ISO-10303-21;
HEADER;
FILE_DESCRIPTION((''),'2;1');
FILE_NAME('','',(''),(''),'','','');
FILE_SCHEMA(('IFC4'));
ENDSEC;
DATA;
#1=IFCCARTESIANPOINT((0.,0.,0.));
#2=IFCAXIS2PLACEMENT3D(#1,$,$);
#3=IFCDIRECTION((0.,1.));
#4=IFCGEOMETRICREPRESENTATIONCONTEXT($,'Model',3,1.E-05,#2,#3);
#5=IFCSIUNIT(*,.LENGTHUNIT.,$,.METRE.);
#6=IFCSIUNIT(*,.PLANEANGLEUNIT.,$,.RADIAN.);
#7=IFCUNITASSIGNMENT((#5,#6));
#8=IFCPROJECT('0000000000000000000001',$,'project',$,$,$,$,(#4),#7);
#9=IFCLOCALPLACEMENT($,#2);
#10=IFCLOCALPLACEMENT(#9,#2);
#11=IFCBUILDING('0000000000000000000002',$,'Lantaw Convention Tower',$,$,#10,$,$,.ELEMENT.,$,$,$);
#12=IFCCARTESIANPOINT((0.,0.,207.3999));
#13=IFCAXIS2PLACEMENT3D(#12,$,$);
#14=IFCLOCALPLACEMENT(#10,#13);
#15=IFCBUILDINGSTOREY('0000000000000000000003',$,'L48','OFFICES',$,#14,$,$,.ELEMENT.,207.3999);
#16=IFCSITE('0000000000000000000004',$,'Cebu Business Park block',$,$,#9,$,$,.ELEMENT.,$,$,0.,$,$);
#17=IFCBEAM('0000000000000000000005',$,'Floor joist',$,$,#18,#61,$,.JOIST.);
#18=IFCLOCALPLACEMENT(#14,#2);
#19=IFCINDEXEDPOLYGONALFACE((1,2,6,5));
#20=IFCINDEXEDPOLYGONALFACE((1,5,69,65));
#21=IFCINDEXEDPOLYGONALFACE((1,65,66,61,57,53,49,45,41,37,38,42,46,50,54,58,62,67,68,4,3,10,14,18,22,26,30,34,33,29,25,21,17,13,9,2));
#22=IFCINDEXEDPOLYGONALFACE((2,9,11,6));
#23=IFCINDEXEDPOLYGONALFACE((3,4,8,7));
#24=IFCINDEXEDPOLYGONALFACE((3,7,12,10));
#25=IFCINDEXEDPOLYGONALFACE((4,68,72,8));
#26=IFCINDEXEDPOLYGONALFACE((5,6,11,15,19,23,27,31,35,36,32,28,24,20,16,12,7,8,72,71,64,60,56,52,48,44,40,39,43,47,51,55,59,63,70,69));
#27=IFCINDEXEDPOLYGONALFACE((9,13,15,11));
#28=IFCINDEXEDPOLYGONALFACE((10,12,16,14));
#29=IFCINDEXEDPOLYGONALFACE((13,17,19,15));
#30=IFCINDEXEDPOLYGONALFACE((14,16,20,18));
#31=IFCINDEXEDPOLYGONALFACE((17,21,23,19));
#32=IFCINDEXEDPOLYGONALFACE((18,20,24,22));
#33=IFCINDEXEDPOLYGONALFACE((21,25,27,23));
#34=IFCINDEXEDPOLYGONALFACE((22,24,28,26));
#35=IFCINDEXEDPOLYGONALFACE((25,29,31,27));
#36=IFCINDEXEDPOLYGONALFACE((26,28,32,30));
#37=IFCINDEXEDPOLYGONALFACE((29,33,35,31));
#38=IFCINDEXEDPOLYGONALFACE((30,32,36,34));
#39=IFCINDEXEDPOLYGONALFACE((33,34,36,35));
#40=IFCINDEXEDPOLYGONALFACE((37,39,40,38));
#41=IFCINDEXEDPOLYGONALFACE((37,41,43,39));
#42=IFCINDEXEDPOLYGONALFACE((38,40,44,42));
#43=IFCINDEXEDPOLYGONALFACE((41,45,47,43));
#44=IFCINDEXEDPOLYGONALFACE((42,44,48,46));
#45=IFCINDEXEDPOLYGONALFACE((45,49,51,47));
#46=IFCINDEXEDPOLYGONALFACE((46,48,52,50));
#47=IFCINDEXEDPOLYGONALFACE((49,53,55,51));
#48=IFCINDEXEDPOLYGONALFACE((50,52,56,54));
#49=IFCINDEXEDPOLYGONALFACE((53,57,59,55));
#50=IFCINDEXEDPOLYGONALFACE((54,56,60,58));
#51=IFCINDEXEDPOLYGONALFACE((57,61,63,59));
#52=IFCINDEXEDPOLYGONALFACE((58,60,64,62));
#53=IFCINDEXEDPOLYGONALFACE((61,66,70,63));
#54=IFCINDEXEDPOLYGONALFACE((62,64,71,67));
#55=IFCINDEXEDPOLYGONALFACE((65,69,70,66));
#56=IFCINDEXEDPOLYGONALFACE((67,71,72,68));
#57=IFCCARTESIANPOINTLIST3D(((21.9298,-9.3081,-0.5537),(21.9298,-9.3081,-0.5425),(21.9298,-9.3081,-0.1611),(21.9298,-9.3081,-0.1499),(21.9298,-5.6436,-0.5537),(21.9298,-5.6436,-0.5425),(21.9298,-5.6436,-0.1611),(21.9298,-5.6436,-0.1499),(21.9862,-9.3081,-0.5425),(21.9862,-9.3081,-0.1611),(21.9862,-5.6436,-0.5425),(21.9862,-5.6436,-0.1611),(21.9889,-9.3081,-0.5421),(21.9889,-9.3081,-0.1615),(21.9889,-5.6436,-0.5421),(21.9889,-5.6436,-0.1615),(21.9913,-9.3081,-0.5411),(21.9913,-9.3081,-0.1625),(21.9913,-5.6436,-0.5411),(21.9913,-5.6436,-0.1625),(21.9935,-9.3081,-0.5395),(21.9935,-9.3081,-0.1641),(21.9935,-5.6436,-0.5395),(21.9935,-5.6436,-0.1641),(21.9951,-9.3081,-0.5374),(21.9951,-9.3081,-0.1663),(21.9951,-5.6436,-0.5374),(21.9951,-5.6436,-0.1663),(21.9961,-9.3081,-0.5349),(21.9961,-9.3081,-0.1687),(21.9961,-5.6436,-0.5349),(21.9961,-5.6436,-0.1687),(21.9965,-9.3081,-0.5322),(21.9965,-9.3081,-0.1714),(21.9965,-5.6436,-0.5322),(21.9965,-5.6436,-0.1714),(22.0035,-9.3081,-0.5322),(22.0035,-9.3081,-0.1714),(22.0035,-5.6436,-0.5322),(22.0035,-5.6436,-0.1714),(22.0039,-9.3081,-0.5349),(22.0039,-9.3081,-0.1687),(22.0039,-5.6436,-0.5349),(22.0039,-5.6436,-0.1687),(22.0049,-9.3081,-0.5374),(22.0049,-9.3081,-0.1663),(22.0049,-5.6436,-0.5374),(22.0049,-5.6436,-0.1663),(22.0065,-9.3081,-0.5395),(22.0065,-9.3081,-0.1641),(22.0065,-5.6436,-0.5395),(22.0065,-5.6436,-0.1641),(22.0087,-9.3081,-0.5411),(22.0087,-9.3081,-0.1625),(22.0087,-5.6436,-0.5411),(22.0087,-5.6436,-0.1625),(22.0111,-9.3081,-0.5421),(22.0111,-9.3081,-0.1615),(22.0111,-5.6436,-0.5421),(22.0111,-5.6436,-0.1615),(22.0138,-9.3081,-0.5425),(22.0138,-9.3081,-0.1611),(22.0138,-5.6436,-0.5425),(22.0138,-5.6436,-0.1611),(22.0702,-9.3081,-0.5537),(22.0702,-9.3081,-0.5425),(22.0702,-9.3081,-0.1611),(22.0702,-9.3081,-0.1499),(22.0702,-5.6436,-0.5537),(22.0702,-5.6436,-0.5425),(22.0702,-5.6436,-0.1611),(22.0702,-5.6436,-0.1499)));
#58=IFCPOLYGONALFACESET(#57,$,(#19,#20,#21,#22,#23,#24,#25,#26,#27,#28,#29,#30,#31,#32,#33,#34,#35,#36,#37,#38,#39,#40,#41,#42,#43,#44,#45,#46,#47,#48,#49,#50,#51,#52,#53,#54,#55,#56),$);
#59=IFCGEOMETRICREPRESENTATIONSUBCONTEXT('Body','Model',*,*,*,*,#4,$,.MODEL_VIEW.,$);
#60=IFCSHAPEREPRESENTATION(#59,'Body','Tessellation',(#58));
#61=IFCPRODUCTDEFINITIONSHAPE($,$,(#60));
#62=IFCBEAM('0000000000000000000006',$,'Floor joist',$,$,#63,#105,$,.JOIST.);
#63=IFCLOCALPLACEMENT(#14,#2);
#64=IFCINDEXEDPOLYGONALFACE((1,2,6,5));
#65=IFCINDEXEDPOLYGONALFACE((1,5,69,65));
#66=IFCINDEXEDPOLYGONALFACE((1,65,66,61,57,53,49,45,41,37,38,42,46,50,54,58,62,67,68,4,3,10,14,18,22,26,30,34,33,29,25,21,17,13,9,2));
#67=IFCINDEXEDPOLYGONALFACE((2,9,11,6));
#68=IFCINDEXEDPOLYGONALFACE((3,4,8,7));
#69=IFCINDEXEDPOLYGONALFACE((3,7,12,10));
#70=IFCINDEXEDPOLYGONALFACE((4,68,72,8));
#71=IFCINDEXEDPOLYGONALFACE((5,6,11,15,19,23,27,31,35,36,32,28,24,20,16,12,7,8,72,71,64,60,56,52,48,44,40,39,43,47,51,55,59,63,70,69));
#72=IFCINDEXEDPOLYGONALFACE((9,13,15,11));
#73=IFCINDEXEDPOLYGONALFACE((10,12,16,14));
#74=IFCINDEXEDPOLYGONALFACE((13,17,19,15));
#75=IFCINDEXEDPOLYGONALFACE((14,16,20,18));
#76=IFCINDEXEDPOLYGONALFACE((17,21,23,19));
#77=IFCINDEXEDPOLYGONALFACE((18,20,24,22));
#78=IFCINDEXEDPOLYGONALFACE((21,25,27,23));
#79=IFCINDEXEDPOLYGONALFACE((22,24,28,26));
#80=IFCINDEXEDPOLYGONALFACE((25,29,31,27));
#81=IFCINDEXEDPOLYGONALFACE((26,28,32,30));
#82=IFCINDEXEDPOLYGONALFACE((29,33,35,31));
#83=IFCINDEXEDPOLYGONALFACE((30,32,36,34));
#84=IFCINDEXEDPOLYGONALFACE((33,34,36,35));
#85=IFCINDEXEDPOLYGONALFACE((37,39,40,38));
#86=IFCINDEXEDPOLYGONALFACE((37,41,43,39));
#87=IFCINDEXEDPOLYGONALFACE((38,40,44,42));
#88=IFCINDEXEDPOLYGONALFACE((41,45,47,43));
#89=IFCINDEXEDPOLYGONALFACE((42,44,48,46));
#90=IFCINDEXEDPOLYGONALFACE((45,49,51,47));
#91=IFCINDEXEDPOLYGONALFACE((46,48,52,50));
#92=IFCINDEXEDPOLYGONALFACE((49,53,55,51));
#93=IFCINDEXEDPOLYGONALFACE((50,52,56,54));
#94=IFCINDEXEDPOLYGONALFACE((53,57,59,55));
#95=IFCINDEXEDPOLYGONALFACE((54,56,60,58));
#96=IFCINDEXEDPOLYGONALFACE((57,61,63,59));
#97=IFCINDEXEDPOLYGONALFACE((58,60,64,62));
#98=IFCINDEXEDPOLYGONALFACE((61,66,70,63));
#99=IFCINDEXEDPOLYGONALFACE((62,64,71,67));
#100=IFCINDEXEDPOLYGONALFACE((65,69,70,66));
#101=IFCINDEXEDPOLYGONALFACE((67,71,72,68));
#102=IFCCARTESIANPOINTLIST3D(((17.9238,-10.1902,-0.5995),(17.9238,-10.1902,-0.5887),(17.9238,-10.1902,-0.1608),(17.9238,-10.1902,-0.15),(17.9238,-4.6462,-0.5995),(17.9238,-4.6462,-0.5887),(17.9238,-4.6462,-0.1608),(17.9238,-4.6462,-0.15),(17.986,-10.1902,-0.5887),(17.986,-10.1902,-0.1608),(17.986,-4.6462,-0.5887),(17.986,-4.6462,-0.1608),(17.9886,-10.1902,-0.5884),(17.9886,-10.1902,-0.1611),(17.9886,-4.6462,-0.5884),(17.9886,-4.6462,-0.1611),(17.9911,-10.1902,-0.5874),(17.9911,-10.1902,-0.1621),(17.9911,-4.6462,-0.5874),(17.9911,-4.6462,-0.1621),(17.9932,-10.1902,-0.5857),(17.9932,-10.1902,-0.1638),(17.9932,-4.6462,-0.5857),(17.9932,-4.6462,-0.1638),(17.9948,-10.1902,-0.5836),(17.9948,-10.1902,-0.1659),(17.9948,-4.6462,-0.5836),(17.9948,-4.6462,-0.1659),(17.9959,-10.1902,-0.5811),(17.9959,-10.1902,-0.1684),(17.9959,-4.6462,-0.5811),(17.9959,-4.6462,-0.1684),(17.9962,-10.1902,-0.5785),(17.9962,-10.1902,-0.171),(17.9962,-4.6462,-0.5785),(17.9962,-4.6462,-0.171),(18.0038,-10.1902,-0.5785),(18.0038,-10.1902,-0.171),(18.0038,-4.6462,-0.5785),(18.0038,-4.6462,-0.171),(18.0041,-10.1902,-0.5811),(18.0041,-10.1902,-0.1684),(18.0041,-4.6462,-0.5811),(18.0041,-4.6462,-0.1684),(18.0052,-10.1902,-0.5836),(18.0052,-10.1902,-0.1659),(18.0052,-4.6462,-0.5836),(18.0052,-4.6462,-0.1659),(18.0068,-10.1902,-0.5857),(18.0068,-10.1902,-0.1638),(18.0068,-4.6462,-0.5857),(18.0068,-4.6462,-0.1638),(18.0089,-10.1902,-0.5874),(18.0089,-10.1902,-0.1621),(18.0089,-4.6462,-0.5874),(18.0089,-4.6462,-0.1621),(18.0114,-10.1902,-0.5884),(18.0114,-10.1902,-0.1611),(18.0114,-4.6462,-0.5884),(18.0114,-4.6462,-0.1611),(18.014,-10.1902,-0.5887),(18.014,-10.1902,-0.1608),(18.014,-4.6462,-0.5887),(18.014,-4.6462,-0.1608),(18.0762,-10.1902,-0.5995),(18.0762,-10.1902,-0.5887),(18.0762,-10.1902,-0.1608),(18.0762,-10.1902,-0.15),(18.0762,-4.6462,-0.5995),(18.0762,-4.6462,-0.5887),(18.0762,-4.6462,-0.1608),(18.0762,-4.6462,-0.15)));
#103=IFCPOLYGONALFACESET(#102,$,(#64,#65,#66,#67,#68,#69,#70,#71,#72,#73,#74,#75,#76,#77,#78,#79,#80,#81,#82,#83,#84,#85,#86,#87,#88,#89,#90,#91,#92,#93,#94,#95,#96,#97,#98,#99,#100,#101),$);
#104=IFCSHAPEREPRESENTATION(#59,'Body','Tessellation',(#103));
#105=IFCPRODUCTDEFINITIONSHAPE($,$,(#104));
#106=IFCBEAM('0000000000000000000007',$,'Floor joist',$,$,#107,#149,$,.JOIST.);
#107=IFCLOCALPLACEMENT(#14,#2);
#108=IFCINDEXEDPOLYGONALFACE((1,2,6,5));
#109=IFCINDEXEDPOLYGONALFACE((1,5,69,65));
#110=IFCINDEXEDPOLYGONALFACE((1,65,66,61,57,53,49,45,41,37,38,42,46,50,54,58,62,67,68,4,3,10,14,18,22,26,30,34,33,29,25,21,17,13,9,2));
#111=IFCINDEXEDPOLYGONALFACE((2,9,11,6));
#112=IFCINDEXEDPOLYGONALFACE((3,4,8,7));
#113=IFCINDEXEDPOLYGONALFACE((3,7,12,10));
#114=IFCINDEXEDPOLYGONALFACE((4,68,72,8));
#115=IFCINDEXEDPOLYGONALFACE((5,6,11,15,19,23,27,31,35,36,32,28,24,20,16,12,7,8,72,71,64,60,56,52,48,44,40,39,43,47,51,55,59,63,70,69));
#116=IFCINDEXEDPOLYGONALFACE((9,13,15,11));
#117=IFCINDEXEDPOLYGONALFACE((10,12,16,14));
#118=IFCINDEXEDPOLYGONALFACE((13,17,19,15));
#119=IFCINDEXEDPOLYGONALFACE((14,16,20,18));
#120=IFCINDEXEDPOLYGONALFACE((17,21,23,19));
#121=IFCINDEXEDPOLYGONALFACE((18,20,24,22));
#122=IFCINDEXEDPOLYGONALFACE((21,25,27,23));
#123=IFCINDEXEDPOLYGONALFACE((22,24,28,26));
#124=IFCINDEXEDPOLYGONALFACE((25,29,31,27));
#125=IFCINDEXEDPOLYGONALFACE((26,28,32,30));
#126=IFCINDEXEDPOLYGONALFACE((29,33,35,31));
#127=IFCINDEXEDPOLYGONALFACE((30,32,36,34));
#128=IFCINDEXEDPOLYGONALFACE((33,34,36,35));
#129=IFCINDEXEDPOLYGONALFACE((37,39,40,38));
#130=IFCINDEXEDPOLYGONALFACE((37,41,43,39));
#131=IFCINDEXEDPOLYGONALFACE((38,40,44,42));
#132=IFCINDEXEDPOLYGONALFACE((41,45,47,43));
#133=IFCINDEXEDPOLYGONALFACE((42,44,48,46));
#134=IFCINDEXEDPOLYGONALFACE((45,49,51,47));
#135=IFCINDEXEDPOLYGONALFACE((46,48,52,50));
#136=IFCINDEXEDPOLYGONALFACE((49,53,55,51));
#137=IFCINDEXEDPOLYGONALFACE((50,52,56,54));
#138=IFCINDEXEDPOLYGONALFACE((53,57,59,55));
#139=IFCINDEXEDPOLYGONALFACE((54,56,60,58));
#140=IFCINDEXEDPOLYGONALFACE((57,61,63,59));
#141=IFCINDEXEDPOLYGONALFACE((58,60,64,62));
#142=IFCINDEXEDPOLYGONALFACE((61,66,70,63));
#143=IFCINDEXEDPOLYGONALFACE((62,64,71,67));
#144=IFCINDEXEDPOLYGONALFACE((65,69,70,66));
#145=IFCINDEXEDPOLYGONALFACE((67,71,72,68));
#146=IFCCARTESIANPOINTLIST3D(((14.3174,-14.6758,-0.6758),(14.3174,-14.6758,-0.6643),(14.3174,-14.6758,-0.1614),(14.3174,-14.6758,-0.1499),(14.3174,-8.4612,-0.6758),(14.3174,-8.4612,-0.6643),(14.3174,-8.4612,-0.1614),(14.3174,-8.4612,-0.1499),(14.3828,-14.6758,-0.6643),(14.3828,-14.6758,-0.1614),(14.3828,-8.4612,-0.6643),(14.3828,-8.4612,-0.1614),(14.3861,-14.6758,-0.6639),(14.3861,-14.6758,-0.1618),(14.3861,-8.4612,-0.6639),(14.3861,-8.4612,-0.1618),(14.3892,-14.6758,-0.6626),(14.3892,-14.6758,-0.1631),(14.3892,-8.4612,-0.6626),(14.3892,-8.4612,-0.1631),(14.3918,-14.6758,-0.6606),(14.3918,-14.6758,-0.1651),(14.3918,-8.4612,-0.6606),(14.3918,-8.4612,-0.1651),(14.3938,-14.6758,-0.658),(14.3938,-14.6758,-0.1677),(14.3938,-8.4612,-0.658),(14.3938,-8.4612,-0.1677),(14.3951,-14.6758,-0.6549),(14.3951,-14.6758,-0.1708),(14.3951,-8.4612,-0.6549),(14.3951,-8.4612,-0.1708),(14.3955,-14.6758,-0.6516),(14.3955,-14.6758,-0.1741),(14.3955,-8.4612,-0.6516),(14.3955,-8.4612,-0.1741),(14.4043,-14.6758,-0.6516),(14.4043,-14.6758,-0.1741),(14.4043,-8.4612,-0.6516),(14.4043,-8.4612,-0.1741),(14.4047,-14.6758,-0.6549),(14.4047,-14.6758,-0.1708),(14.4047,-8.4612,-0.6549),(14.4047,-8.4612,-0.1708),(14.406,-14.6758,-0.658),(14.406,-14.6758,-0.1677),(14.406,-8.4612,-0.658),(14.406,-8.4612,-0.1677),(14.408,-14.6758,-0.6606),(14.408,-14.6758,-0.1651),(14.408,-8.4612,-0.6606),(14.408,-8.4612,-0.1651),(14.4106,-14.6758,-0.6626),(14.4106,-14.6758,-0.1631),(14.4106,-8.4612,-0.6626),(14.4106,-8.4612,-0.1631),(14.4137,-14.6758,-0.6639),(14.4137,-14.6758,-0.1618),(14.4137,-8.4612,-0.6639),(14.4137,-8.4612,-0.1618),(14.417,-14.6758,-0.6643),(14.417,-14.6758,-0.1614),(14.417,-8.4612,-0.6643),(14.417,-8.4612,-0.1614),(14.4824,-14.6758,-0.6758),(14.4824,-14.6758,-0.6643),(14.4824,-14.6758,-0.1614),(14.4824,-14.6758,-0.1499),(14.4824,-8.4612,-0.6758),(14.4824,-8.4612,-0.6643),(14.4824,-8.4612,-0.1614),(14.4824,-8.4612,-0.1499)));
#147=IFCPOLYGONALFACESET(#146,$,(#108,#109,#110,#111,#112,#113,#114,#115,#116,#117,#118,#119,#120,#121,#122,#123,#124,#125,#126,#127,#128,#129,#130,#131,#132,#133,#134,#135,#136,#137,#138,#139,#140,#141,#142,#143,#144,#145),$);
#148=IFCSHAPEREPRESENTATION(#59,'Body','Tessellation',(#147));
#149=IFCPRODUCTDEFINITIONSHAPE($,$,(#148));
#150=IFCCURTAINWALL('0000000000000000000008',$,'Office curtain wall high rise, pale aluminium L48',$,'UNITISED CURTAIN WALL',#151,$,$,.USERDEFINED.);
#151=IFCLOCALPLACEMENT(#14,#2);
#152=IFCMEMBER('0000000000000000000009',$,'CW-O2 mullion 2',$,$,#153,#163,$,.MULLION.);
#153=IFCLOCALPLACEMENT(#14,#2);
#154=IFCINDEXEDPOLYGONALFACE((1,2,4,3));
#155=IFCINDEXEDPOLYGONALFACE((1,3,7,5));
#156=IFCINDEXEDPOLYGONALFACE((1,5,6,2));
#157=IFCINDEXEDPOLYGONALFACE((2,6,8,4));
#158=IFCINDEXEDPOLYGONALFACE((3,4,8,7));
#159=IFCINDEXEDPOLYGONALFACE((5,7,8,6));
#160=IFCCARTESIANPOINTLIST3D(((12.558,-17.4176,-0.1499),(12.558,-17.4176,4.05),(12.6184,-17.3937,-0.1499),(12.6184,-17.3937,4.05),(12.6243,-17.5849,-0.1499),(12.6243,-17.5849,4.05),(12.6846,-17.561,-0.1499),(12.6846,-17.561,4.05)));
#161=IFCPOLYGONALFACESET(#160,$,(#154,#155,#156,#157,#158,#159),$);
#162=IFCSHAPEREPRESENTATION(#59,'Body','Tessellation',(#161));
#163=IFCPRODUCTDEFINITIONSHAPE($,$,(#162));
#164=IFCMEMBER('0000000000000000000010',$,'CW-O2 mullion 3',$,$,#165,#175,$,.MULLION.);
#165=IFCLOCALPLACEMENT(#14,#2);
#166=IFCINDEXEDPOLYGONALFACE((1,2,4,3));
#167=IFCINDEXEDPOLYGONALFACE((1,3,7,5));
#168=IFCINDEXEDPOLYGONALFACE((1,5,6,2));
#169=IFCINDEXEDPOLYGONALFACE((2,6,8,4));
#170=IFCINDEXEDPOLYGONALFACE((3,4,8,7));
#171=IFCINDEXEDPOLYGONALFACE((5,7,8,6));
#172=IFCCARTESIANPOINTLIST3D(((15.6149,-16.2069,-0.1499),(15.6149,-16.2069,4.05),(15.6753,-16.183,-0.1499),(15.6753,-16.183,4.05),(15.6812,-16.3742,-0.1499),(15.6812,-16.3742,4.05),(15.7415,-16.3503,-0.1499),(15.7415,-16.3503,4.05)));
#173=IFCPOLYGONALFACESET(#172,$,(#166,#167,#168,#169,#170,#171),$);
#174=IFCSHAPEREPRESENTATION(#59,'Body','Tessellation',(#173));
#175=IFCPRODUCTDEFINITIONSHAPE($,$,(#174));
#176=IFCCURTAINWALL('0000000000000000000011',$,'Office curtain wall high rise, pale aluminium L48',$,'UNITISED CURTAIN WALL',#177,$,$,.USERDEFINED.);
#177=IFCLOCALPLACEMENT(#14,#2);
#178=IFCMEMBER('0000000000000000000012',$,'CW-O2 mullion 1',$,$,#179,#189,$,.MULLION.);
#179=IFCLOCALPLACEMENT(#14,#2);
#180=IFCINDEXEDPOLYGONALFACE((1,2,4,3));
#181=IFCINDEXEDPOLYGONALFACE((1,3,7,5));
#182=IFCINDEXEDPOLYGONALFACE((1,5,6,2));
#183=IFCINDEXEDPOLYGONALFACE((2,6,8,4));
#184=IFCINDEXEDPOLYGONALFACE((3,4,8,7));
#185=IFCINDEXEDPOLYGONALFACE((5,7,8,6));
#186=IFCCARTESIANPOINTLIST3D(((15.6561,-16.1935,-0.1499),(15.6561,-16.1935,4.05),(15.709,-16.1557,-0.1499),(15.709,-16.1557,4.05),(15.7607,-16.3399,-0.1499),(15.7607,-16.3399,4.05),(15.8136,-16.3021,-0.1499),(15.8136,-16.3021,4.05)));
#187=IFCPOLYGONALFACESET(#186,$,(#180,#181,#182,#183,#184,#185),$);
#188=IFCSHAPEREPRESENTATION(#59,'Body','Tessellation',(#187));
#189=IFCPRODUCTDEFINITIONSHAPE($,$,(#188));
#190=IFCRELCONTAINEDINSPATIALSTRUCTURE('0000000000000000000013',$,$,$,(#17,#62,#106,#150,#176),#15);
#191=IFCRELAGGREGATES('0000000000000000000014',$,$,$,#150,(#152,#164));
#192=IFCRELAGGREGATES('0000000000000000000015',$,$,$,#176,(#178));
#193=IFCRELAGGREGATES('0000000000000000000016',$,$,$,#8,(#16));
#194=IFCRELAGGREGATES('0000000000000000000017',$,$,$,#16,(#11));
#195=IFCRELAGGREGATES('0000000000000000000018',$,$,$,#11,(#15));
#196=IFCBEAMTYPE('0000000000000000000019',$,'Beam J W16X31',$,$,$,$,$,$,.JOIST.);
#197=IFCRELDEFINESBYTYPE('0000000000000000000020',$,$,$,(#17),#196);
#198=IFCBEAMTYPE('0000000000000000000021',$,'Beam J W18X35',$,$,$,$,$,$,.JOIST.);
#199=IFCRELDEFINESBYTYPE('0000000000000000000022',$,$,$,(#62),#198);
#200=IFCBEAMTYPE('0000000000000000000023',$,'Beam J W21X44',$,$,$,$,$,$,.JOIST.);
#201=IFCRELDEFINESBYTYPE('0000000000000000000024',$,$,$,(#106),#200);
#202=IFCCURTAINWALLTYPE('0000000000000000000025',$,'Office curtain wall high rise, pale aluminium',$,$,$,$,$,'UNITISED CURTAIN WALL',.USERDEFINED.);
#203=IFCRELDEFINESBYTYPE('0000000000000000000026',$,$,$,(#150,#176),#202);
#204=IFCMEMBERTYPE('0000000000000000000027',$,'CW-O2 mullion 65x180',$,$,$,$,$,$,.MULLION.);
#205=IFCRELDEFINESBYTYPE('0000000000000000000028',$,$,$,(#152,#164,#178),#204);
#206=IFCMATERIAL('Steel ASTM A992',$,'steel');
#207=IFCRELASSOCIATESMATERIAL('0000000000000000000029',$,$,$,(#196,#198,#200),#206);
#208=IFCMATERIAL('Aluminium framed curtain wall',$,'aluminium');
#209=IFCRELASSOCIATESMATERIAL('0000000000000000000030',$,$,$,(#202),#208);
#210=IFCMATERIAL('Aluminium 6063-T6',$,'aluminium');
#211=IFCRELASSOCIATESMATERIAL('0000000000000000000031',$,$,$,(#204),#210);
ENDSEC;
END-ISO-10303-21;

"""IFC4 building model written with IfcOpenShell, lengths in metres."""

from ifc_helpers import new_model, si_unit, direction, frame, origin, origin_2d, place, context, subcontext, project, spatial, rectangle, i_section, extrude, material, material_profile, profile_set, type_object, element, aggregate, save


model = new_model("IFC4")

# Units and contexts
model_context = context("Model", 3, precision=1e-05, world=origin(), true_north=direction((0.0, 1.0)))
body_context = subcontext(model_context, "Body", "Model", "MODEL_VIEW")
ifc_project = project(units=[si_unit("LENGTHUNIT", "METRE"), si_unit("PLANEANGLEUNIT", "RADIAN")], contexts=[model_context])

# Site, building, storey
site_placement = place(None, origin())
site = spatial("IfcSite", under=ifc_project, at=site_placement, Name="Cebu Business Park block", CompositionType="ELEMENT", RefElevation=0.0)
building_placement = place(site_placement, origin())
building = spatial("IfcBuilding", under=site, at=building_placement, Name="Lantaw Convention Tower", CompositionType="ELEMENT")
storey_placement = place(building_placement, frame((0.0, 0.0, 207.3999)))
storey = spatial("IfcBuildingStorey", under=building, at=storey_placement, Name="L48", Description="OFFICES", CompositionType="ELEMENT", Elevation=207.3999)

# Beams
ifc_material_1 = material(Name="Steel ASTM A992", Category="steel")
ifc_material_profile_1 = material_profile(ifc_material_1, i_section(OverallWidth=0.1404, OverallDepth=0.4038, WebThickness=0.0071, FlangeThickness=0.0112, FilletRadius=0.0103, at=origin_2d()), Name="W16X31")
ifc_profile_set_1 = profile_set([ifc_material_profile_1], Name="Steel ASTM A992")
beam_type_1 = type_object("IfcBeamType", Name="Beam J W16X31", PredefinedType="JOIST", material=ifc_profile_set_1)
beam_1_placement = place(storey_placement, frame((22.0, -9.3081, -0.3518), z_axis=(0.0, 1.0, 0.0), x_axis=(-1.0, 0.0, 0.0)))
element("IfcBeam", 1, at=beam_1_placement, inside=storey, type_object=beam_type_1, Name="Floor joist", PredefinedType="JOIST", context=body_context, shape_type="SweptSolid", body=[
    extrude(i_section(OverallWidth=0.1404, OverallDepth=0.4038, WebThickness=0.0071, FlangeThickness=0.0112, FilletRadius=0.0103, at=origin_2d()), origin(), (0.0, 0.0, 1.0), 3.6646),
])
ifc_material_profile_2 = material_profile(ifc_material_1, i_section(OverallWidth=0.1523, OverallDepth=0.4495, WebThickness=0.0076, FlangeThickness=0.0107, FilletRadius=0.0103, at=origin_2d()), Name="W18X35")
ifc_profile_set_2 = profile_set([ifc_material_profile_2], Name="Steel ASTM A992")
beam_type_2 = type_object("IfcBeamType", Name="Beam J W18X35", PredefinedType="JOIST", material=ifc_profile_set_2)
beam_2_placement = place(storey_placement, frame((18.0, -10.1902, -0.3748), z_axis=(0.0, 1.0, 0.0), x_axis=(-1.0, 0.0, 0.0)))
element("IfcBeam", 2, at=beam_2_placement, inside=storey, type_object=beam_type_2, Name="Floor joist", PredefinedType="JOIST", context=body_context, shape_type="SweptSolid", body=[
    extrude(i_section(OverallWidth=0.1523, OverallDepth=0.4495, WebThickness=0.0076, FlangeThickness=0.0107, FilletRadius=0.0103, at=origin_2d()), origin(), (0.0, 0.0, 1.0), 5.5439),
])
ifc_material_profile_3 = material_profile(ifc_material_1, i_section(OverallWidth=0.165, OverallDepth=0.5259, WebThickness=0.0088, FlangeThickness=0.0115, FilletRadius=0.0127, at=origin_2d()), Name="W21X44")
ifc_profile_set_3 = profile_set([ifc_material_profile_3], Name="Steel ASTM A992")
beam_type_3 = type_object("IfcBeamType", Name="Beam J W21X44", PredefinedType="JOIST", material=ifc_profile_set_3)
beam_3_placement = place(storey_placement, frame((14.3999, -14.6758, -0.4128), z_axis=(0.0, 1.0, 0.0), x_axis=(-1.0, 0.0, 0.0)))
element("IfcBeam", 3, at=beam_3_placement, inside=storey, type_object=beam_type_3, Name="Floor joist", PredefinedType="JOIST", context=body_context, shape_type="SweptSolid", body=[
    extrude(i_section(OverallWidth=0.165, OverallDepth=0.5259, WebThickness=0.0088, FlangeThickness=0.0115, FilletRadius=0.0127, at=origin_2d()), origin(), (0.0, 0.0, 1.0), 6.2146),
])

# Curtain walls, members
ifc_material_2 = material(Name="Aluminium framed curtain wall", Category="aluminium")
curtain_wall_type = type_object("IfcCurtainWallType", Name="Office curtain wall high rise, pale aluminium", ElementType="UNITISED CURTAIN WALL", PredefinedType="USERDEFINED", material=ifc_material_2)
curtain_wall_1_placement = place(storey_placement, origin())
curtain_wall_1 = element("IfcCurtainWall", 4, at=curtain_wall_1_placement, inside=storey, type_object=curtain_wall_type, Name="Office curtain wall high rise, pale aluminium L48", ObjectType="UNITISED CURTAIN WALL", PredefinedType="USERDEFINED")
ifc_material_3 = material(Name="Aluminium 6063-T6", Category="aluminium")
ifc_material_profile_4 = material_profile(ifc_material_3, rectangle(XDim=0.1799, YDim=0.0649, at=origin_2d()), Name="CW-O2 mullion 65x180")
ifc_profile_set_4 = profile_set([ifc_material_profile_4], Name="Aluminium 6063-T6")
member_type_1 = type_object("IfcMemberType", Name="CW-O2 mullion 65x180", PredefinedType="MULLION", material=ifc_profile_set_4)
member_1_placement = place(storey_placement, frame((12.6213, -17.4893, -0.1499), z_axis=(0.0, 0.0, 1.0), x_axis=(-0.368162, 0.929762, 0.0)))
member_1 = element("IfcMember", 5, at=member_1_placement, type_object=member_type_1, Name="CW-O2 mullion 2", PredefinedType="MULLION", context=body_context, shape_type="SweptSolid", body=[
    extrude(rectangle(XDim=0.1799, YDim=0.0649, at=origin_2d()), origin(), (0.0, 0.0, 1.0), 4.2),
])
member_2_placement = place(storey_placement, frame((15.6782, -16.2786, -0.1499), z_axis=(0.0, 0.0, 1.0), x_axis=(-0.368162, 0.929762, 0.0)))
member_2 = element("IfcMember", 6, at=member_2_placement, type_object=member_type_1, Name="CW-O2 mullion 3", PredefinedType="MULLION", context=body_context, shape_type="SweptSolid", body=[
    extrude(rectangle(XDim=0.1799, YDim=0.0649, at=origin_2d()), origin(), (0.0, 0.0, 1.0), 4.2),
])
curtain_wall_2_placement = place(storey_placement, origin())
curtain_wall_2 = element("IfcCurtainWall", 7, at=curtain_wall_2_placement, inside=storey, type_object=curtain_wall_type, Name="Office curtain wall high rise, pale aluminium L48", ObjectType="UNITISED CURTAIN WALL", PredefinedType="USERDEFINED")
member_3_placement = place(storey_placement, frame((15.7349, -16.2478, -0.1499), z_axis=(0.0, 0.0, 1.0), x_axis=(-0.581323, 0.813673, 0.0)))
member_3 = element("IfcMember", 8, at=member_3_placement, type_object=member_type_1, Name="CW-O2 mullion 1", PredefinedType="MULLION", context=body_context, shape_type="SweptSolid", body=[
    extrude(rectangle(XDim=0.1799, YDim=0.0649, at=origin_2d()), origin(), (0.0, 0.0, 1.0), 4.2),
])

aggregate(curtain_wall_1, [member_1, member_2])
aggregate(curtain_wall_2, [member_3])

save(model, "model.ifc")
